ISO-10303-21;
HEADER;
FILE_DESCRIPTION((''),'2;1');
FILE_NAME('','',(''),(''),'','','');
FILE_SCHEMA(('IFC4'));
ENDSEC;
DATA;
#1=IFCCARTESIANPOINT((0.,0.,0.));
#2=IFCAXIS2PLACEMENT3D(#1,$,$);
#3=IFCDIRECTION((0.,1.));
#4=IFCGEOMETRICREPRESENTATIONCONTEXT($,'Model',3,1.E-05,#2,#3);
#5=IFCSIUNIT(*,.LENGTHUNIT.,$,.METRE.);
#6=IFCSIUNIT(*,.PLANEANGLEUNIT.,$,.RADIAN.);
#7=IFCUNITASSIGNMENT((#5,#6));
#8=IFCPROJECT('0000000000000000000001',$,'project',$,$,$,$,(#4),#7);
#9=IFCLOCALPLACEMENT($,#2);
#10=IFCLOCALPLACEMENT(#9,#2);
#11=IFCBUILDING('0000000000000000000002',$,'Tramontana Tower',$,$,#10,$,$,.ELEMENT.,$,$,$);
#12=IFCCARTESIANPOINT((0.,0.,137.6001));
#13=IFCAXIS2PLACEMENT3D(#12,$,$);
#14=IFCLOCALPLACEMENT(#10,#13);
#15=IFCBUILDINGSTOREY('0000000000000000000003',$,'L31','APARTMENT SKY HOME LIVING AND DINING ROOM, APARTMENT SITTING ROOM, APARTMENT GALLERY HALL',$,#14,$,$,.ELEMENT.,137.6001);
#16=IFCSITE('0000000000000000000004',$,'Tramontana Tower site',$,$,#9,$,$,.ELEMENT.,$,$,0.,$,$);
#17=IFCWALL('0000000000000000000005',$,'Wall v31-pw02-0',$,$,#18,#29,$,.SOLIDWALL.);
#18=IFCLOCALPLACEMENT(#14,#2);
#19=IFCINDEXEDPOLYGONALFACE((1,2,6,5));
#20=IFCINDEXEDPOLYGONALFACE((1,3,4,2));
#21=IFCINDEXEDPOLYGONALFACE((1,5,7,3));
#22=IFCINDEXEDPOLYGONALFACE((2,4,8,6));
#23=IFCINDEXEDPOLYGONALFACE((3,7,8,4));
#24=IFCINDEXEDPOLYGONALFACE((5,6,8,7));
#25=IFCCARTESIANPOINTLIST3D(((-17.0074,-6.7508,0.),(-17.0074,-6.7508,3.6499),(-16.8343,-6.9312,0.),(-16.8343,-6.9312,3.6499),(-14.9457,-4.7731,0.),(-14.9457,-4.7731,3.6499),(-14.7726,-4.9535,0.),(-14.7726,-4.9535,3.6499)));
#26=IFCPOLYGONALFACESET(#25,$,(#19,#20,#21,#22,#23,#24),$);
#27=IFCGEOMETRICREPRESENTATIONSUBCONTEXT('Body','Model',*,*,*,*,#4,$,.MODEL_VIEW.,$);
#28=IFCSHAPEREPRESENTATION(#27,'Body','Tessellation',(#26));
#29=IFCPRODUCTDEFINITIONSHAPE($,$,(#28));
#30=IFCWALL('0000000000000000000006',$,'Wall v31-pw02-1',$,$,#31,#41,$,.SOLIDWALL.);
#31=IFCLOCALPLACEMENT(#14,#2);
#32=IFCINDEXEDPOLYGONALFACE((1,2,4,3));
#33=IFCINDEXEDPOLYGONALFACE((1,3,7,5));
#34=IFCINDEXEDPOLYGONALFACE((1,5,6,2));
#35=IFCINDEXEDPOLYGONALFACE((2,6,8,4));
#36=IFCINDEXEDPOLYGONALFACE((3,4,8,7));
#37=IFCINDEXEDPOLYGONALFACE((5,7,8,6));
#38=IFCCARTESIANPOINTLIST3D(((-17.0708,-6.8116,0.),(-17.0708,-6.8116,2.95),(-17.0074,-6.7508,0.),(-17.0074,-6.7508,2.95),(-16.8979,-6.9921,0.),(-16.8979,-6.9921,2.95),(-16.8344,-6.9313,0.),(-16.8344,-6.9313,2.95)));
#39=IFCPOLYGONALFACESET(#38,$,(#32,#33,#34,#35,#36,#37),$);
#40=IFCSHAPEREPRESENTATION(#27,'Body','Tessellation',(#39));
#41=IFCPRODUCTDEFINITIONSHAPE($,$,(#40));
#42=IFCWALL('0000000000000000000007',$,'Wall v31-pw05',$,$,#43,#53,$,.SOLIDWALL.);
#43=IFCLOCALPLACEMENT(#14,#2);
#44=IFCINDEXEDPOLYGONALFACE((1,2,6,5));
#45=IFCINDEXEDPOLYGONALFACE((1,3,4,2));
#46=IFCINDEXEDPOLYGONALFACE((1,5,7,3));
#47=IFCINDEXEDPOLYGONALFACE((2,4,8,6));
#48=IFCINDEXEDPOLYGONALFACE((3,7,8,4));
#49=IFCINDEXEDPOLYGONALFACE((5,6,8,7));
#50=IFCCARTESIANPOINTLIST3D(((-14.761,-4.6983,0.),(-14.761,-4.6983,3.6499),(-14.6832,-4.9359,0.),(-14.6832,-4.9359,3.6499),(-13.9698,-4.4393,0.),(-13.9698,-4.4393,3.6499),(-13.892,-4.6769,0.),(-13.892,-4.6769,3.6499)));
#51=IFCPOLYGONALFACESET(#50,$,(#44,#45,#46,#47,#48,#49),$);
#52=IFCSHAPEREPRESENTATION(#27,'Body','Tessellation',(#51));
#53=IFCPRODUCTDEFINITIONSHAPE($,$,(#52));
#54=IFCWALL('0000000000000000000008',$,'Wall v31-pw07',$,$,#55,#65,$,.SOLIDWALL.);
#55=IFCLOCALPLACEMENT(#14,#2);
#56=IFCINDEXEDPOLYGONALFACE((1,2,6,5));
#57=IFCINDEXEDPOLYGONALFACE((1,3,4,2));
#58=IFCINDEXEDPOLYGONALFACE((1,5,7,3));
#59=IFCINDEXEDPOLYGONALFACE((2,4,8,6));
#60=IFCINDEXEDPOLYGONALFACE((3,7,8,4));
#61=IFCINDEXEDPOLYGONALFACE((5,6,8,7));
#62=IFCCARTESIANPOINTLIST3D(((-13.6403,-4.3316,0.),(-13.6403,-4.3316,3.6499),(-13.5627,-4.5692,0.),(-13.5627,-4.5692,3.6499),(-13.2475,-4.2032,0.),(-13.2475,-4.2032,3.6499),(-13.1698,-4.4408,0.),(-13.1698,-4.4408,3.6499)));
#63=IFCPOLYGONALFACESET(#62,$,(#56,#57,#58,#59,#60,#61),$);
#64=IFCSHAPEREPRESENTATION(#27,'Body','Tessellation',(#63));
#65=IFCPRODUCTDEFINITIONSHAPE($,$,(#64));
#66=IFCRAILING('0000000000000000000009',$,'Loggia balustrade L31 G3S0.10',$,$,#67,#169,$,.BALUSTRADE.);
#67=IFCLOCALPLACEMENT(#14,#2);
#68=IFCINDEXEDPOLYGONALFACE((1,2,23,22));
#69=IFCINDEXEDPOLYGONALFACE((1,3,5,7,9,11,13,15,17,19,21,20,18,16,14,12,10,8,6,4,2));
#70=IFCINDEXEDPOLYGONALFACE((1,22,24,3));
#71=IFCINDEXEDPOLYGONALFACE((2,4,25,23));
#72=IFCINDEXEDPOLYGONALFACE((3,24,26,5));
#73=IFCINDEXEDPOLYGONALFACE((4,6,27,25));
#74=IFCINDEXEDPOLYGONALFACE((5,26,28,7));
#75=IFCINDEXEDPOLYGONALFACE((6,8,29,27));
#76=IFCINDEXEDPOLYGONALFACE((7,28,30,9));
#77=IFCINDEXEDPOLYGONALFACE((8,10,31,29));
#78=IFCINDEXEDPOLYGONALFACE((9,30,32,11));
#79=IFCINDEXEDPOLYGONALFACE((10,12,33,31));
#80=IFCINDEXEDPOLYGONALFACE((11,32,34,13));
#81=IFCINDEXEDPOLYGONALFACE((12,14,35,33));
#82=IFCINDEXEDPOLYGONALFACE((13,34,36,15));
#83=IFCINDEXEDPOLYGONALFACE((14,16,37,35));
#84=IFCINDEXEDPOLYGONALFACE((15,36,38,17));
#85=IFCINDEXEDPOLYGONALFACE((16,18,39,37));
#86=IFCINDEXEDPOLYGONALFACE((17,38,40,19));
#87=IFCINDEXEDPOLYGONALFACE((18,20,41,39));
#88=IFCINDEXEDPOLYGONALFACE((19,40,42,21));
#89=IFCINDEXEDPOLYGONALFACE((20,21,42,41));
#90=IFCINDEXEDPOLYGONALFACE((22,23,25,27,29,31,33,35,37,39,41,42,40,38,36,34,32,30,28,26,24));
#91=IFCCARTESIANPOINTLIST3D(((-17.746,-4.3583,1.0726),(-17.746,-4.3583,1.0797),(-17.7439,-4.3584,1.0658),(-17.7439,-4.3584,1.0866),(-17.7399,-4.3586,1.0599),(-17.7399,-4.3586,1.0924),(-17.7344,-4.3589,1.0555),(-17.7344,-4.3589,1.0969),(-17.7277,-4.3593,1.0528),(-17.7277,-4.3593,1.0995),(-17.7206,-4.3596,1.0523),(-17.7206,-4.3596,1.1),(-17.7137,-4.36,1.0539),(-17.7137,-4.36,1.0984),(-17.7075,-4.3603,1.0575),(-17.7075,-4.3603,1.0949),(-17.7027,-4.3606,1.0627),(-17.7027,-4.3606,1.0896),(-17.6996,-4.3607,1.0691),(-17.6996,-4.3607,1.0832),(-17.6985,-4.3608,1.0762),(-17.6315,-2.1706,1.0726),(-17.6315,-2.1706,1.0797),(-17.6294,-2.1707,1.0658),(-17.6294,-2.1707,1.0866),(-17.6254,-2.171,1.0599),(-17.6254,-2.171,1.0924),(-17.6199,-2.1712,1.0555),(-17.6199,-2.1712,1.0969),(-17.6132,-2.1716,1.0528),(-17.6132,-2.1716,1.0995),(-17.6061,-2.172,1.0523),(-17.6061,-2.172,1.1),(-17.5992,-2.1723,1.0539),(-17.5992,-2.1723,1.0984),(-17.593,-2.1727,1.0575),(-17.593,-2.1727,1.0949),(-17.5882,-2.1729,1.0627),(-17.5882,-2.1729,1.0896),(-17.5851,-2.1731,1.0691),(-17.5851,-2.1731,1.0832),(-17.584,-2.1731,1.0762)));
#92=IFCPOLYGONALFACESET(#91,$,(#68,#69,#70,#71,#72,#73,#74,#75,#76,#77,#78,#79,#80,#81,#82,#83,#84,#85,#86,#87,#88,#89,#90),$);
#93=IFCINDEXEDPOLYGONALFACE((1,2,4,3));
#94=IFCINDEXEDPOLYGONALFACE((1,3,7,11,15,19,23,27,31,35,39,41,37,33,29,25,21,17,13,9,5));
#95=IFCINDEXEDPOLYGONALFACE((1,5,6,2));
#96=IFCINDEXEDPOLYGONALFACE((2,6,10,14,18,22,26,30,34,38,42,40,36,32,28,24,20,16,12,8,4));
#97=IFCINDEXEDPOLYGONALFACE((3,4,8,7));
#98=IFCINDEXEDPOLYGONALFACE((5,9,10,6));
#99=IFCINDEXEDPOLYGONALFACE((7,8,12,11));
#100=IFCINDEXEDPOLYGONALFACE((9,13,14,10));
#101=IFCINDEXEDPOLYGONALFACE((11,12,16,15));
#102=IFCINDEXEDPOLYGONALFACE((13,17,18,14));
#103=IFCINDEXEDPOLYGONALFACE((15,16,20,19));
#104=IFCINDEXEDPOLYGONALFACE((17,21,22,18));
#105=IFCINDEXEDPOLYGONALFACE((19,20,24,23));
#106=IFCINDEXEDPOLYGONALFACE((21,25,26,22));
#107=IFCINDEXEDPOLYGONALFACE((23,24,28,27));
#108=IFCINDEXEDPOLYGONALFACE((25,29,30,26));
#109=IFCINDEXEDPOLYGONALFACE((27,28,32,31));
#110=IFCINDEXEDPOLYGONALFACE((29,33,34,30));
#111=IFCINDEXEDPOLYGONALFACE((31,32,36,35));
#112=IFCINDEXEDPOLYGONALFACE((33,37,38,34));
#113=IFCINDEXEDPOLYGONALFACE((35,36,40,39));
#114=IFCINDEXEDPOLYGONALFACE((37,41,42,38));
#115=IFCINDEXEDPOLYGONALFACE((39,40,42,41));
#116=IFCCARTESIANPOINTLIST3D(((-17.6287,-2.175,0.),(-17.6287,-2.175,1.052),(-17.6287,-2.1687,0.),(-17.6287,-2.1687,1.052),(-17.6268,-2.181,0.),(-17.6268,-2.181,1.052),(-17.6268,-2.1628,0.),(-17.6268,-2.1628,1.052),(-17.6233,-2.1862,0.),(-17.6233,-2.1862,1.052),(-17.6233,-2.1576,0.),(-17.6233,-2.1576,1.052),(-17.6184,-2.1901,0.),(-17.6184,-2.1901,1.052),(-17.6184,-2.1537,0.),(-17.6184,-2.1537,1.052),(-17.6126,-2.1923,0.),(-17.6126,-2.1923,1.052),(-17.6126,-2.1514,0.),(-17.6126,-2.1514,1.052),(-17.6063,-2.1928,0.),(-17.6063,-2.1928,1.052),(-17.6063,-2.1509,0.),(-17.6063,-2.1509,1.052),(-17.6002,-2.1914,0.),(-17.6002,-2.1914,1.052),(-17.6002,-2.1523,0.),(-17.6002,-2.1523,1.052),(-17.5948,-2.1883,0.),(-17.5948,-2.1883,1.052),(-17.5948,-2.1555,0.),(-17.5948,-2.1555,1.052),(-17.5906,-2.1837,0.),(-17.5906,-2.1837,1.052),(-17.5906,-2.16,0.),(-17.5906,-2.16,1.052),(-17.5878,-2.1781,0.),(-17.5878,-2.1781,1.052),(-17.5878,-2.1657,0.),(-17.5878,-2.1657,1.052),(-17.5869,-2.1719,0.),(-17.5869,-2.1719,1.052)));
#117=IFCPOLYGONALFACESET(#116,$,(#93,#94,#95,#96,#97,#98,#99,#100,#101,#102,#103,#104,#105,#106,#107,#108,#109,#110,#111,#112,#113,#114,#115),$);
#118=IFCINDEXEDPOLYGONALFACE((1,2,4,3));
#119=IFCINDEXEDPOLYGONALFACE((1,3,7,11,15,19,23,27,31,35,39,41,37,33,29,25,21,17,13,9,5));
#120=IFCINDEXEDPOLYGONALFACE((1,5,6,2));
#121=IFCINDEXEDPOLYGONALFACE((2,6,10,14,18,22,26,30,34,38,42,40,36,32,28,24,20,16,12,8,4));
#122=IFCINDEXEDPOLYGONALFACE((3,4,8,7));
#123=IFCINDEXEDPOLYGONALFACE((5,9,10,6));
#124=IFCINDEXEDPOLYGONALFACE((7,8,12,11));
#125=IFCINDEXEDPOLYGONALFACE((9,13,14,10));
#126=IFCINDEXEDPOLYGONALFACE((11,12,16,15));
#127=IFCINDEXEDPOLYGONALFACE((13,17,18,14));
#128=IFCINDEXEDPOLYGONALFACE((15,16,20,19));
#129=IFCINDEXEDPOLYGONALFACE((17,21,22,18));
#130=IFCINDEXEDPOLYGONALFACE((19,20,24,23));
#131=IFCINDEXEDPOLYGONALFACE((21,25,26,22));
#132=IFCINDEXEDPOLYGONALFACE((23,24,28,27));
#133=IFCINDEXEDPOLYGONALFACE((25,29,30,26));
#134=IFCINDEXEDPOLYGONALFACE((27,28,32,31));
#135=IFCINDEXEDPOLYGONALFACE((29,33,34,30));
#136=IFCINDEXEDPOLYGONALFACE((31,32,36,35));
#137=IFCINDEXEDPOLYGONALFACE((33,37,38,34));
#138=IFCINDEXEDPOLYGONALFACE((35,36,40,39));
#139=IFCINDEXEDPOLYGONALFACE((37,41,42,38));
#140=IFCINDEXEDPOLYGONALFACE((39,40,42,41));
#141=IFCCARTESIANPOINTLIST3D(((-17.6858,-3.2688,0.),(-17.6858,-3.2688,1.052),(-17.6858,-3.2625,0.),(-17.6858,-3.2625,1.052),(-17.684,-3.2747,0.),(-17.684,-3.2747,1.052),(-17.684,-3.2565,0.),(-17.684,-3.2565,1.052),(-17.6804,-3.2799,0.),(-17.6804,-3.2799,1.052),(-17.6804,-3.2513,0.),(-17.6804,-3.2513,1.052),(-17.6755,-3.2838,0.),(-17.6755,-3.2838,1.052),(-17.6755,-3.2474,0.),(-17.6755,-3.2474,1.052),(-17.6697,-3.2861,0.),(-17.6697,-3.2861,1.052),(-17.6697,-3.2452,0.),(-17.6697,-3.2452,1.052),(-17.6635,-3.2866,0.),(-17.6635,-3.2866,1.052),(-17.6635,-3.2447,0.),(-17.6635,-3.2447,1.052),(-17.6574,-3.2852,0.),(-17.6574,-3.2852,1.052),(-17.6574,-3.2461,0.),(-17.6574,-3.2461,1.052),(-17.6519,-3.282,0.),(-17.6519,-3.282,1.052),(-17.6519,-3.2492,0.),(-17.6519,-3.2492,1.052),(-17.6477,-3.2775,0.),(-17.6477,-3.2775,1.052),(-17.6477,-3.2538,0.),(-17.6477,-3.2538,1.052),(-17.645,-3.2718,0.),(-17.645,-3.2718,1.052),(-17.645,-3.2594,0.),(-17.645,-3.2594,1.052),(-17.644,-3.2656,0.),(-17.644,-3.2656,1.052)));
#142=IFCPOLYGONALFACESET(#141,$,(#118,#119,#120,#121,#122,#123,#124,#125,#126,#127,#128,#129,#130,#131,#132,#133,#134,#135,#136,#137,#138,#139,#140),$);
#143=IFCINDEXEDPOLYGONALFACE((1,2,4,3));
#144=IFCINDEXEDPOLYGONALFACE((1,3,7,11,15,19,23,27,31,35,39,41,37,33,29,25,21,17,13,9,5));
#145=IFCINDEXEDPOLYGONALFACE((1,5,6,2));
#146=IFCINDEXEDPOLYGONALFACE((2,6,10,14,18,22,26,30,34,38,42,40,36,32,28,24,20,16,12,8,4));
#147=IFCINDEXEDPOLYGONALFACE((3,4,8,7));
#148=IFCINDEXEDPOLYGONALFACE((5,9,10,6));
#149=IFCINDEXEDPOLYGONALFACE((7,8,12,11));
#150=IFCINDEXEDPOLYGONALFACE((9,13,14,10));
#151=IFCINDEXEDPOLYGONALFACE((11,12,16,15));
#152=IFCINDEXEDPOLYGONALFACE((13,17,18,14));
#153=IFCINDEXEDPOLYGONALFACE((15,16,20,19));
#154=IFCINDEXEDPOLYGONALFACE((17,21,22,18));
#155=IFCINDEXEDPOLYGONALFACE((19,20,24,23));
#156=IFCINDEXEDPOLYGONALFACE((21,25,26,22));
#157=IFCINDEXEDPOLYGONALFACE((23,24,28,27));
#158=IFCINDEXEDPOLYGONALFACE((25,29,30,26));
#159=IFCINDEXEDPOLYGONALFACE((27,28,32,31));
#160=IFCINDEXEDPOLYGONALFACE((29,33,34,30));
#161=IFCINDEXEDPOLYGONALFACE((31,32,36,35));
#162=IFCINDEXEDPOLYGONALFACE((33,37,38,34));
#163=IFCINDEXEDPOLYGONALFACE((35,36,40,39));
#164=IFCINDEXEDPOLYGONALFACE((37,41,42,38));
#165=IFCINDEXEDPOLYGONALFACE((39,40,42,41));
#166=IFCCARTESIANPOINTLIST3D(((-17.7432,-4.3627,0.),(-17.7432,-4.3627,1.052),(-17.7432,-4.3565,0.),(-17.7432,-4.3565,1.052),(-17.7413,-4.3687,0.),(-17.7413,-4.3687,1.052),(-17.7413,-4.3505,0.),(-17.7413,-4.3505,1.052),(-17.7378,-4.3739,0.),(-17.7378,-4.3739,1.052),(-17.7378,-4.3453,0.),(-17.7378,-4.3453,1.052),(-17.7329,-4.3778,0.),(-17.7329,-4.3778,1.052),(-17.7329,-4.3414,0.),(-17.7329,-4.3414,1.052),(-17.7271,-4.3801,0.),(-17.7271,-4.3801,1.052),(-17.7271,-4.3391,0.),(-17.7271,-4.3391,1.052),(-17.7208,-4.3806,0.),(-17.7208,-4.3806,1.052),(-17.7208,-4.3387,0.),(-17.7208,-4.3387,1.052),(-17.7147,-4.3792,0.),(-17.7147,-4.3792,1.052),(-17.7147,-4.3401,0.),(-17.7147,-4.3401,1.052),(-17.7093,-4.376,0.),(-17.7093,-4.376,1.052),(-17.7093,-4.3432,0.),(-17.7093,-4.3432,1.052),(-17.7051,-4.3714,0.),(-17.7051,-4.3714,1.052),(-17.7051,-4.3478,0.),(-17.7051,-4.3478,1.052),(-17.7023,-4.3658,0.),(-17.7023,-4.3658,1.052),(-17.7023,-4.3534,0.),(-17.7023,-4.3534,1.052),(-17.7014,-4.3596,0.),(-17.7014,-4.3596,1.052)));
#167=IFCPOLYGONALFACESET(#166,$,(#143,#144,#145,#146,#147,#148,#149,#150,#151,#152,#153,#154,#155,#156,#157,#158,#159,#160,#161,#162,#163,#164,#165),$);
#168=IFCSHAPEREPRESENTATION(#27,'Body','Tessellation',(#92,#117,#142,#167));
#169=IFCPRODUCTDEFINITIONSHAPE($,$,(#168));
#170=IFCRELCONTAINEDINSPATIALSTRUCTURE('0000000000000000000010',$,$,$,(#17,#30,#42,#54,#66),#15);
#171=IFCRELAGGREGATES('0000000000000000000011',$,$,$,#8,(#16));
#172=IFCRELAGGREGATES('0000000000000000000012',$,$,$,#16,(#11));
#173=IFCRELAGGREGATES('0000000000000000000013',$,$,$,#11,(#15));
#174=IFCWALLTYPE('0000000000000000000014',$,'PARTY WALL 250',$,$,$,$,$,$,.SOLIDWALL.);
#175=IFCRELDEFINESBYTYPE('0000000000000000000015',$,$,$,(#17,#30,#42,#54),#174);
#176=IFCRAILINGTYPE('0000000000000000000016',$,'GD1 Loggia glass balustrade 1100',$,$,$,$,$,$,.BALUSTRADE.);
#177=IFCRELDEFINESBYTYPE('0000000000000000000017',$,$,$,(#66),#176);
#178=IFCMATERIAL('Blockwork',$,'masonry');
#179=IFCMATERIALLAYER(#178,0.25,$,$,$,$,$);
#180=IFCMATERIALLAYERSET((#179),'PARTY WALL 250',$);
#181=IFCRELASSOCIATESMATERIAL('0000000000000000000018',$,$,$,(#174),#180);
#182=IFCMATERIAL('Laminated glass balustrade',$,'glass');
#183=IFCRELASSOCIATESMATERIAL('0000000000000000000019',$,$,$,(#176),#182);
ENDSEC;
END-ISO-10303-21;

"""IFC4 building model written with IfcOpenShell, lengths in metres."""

from ifc_helpers import new_model, si_unit, direction, frame, frame_2d, origin, origin_2d, place, context, subcontext, project, spatial, rectangle, circle, extrude, material, layer, layer_set, type_object, element, save


model = new_model("IFC4")

# Units and contexts
model_context = context("Model", 3, precision=1e-05, world=origin(), true_north=direction((0.0, 1.0)))
body_context = subcontext(model_context, "Body", "Model", "MODEL_VIEW")
ifc_project = project(units=[si_unit("LENGTHUNIT", "METRE"), si_unit("PLANEANGLEUNIT", "RADIAN")], contexts=[model_context])

# Site, building, storey
site_placement = place(None, origin())
site = spatial("IfcSite", under=ifc_project, at=site_placement, Name="Tramontana Tower site", CompositionType="ELEMENT", RefElevation=0.0)
building_placement = place(site_placement, origin())
building = spatial("IfcBuilding", under=site, at=building_placement, Name="Tramontana Tower", CompositionType="ELEMENT")
storey_placement = place(building_placement, frame((0.0, 0.0, 137.6001)))
storey = spatial("IfcBuildingStorey", under=building, at=storey_placement, Name="L31", Description="APARTMENT SKY HOME LIVING AND DINING ROOM, APARTMENT SITTING ROOM, APARTMENT GALLERY HALL", CompositionType="ELEMENT", Elevation=137.6001)

# Walls
ifc_material_1 = material(Name="Blockwork", Category="masonry")
ifc_layer_1 = layer(ifc_material_1, 0.25)
ifc_layer_set_1 = layer_set([ifc_layer_1], Name="PARTY WALL 250")
wall_type_1 = type_object("IfcWallType", Name="PARTY WALL 250", PredefinedType="SOLIDWALL", material=ifc_layer_set_1)
wall_1_placement = place(storey_placement, frame((-14.8591, -4.8633, 0.0), z_axis=(0.0, 0.0, 1.0), x_axis=(-0.721652, -0.692256, 0.0)))
element("IfcWall", 1, at=wall_1_placement, inside=storey, type_object=wall_type_1, Name="Wall v31-pw02-0", PredefinedType="SOLIDWALL", context=body_context, shape_type="SweptSolid", body=[
    extrude(rectangle(XDim=2.8569, YDim=0.25, at=frame_2d((1.4285, 0.0))), origin(), (0.0, 0.0, 1.0), 3.6499),
])
wall_2_placement = place(storey_placement, frame((-16.9209, -6.8411, 0.0), z_axis=(0.0, 0.0, 1.0), x_axis=(-0.722219, -0.691664, 0.0)))
element("IfcWall", 2, at=wall_2_placement, inside=storey, type_object=wall_type_1, Name="Wall v31-pw02-1", PredefinedType="SOLIDWALL", context=body_context, shape_type="SweptSolid", body=[
    extrude(rectangle(XDim=0.0879, YDim=0.25, at=frame_2d((0.0439, 0.0))), origin(), (0.0, 0.0, 1.0), 2.95),
])
wall_3_placement = place(storey_placement, frame((-13.9309, -4.5581, 0.0), z_axis=(0.0, 0.0, 1.0), x_axis=(-0.95037, -0.311121, 0.0)))
element("IfcWall", 3, at=wall_3_placement, inside=storey, type_object=wall_type_1, Name="Wall v31-pw05", PredefinedType="SOLIDWALL", context=body_context, shape_type="SweptSolid", body=[
    extrude(rectangle(XDim=0.8325, YDim=0.25, at=frame_2d((0.4163, 0.0))), origin(), (0.0, 0.0, 1.0), 3.6499),
])
wall_4_placement = place(storey_placement, frame((-13.2087, -4.322, 0.0), z_axis=(0.0, 0.0, 1.0), x_axis=(-0.950499, -0.310729, 0.0)))
element("IfcWall", 4, at=wall_4_placement, inside=storey, type_object=wall_type_1, Name="Wall v31-pw07", PredefinedType="SOLIDWALL", context=body_context, shape_type="SweptSolid", body=[
    extrude(rectangle(XDim=0.4133, YDim=0.25, at=frame_2d((0.2065, 0.0))), origin(), (0.0, 0.0, 1.0), 3.6499),
])

# Railing
ifc_material_2 = material(Name="Laminated glass balustrade", Category="glass")
railing_type = type_object("IfcRailingType", Name="GD1 Loggia glass balustrade 1100", PredefinedType="BALUSTRADE", material=ifc_material_2)
railing_placement = place(storey_placement, frame((-17.6079, -2.1719, 0.0)))
element("IfcRailing", 5, at=railing_placement, inside=storey, type_object=railing_type, Name="Loggia balustrade L31 G3S0.10", PredefinedType="BALUSTRADE", context=body_context, shape_type="SweptSolid", body=[
    extrude(circle(Radius=0.0239, at=origin_2d()), frame((0.0, 0.0, 1.0762), z_axis=(-0.052266, -0.998633, 0.0), x_axis=(0.998633, -0.052266, 0.0)), (0.0, 0.0, 1.0), 2.1907),
    extrude(circle(Radius=0.021, at=origin_2d()), origin(), (0.0, 0.0, 1.0), 1.052),
    extrude(circle(Radius=0.021, at=origin_2d()), frame((-0.0571, -1.0938, 0.0)), (0.0, 0.0, 1.0), 1.052),
    extrude(circle(Radius=0.021, at=origin_2d()), frame((-0.1145, -2.1877, 0.0)), (0.0, 0.0, 1.0), 1.052),
])

save(model, "model.ifc")
